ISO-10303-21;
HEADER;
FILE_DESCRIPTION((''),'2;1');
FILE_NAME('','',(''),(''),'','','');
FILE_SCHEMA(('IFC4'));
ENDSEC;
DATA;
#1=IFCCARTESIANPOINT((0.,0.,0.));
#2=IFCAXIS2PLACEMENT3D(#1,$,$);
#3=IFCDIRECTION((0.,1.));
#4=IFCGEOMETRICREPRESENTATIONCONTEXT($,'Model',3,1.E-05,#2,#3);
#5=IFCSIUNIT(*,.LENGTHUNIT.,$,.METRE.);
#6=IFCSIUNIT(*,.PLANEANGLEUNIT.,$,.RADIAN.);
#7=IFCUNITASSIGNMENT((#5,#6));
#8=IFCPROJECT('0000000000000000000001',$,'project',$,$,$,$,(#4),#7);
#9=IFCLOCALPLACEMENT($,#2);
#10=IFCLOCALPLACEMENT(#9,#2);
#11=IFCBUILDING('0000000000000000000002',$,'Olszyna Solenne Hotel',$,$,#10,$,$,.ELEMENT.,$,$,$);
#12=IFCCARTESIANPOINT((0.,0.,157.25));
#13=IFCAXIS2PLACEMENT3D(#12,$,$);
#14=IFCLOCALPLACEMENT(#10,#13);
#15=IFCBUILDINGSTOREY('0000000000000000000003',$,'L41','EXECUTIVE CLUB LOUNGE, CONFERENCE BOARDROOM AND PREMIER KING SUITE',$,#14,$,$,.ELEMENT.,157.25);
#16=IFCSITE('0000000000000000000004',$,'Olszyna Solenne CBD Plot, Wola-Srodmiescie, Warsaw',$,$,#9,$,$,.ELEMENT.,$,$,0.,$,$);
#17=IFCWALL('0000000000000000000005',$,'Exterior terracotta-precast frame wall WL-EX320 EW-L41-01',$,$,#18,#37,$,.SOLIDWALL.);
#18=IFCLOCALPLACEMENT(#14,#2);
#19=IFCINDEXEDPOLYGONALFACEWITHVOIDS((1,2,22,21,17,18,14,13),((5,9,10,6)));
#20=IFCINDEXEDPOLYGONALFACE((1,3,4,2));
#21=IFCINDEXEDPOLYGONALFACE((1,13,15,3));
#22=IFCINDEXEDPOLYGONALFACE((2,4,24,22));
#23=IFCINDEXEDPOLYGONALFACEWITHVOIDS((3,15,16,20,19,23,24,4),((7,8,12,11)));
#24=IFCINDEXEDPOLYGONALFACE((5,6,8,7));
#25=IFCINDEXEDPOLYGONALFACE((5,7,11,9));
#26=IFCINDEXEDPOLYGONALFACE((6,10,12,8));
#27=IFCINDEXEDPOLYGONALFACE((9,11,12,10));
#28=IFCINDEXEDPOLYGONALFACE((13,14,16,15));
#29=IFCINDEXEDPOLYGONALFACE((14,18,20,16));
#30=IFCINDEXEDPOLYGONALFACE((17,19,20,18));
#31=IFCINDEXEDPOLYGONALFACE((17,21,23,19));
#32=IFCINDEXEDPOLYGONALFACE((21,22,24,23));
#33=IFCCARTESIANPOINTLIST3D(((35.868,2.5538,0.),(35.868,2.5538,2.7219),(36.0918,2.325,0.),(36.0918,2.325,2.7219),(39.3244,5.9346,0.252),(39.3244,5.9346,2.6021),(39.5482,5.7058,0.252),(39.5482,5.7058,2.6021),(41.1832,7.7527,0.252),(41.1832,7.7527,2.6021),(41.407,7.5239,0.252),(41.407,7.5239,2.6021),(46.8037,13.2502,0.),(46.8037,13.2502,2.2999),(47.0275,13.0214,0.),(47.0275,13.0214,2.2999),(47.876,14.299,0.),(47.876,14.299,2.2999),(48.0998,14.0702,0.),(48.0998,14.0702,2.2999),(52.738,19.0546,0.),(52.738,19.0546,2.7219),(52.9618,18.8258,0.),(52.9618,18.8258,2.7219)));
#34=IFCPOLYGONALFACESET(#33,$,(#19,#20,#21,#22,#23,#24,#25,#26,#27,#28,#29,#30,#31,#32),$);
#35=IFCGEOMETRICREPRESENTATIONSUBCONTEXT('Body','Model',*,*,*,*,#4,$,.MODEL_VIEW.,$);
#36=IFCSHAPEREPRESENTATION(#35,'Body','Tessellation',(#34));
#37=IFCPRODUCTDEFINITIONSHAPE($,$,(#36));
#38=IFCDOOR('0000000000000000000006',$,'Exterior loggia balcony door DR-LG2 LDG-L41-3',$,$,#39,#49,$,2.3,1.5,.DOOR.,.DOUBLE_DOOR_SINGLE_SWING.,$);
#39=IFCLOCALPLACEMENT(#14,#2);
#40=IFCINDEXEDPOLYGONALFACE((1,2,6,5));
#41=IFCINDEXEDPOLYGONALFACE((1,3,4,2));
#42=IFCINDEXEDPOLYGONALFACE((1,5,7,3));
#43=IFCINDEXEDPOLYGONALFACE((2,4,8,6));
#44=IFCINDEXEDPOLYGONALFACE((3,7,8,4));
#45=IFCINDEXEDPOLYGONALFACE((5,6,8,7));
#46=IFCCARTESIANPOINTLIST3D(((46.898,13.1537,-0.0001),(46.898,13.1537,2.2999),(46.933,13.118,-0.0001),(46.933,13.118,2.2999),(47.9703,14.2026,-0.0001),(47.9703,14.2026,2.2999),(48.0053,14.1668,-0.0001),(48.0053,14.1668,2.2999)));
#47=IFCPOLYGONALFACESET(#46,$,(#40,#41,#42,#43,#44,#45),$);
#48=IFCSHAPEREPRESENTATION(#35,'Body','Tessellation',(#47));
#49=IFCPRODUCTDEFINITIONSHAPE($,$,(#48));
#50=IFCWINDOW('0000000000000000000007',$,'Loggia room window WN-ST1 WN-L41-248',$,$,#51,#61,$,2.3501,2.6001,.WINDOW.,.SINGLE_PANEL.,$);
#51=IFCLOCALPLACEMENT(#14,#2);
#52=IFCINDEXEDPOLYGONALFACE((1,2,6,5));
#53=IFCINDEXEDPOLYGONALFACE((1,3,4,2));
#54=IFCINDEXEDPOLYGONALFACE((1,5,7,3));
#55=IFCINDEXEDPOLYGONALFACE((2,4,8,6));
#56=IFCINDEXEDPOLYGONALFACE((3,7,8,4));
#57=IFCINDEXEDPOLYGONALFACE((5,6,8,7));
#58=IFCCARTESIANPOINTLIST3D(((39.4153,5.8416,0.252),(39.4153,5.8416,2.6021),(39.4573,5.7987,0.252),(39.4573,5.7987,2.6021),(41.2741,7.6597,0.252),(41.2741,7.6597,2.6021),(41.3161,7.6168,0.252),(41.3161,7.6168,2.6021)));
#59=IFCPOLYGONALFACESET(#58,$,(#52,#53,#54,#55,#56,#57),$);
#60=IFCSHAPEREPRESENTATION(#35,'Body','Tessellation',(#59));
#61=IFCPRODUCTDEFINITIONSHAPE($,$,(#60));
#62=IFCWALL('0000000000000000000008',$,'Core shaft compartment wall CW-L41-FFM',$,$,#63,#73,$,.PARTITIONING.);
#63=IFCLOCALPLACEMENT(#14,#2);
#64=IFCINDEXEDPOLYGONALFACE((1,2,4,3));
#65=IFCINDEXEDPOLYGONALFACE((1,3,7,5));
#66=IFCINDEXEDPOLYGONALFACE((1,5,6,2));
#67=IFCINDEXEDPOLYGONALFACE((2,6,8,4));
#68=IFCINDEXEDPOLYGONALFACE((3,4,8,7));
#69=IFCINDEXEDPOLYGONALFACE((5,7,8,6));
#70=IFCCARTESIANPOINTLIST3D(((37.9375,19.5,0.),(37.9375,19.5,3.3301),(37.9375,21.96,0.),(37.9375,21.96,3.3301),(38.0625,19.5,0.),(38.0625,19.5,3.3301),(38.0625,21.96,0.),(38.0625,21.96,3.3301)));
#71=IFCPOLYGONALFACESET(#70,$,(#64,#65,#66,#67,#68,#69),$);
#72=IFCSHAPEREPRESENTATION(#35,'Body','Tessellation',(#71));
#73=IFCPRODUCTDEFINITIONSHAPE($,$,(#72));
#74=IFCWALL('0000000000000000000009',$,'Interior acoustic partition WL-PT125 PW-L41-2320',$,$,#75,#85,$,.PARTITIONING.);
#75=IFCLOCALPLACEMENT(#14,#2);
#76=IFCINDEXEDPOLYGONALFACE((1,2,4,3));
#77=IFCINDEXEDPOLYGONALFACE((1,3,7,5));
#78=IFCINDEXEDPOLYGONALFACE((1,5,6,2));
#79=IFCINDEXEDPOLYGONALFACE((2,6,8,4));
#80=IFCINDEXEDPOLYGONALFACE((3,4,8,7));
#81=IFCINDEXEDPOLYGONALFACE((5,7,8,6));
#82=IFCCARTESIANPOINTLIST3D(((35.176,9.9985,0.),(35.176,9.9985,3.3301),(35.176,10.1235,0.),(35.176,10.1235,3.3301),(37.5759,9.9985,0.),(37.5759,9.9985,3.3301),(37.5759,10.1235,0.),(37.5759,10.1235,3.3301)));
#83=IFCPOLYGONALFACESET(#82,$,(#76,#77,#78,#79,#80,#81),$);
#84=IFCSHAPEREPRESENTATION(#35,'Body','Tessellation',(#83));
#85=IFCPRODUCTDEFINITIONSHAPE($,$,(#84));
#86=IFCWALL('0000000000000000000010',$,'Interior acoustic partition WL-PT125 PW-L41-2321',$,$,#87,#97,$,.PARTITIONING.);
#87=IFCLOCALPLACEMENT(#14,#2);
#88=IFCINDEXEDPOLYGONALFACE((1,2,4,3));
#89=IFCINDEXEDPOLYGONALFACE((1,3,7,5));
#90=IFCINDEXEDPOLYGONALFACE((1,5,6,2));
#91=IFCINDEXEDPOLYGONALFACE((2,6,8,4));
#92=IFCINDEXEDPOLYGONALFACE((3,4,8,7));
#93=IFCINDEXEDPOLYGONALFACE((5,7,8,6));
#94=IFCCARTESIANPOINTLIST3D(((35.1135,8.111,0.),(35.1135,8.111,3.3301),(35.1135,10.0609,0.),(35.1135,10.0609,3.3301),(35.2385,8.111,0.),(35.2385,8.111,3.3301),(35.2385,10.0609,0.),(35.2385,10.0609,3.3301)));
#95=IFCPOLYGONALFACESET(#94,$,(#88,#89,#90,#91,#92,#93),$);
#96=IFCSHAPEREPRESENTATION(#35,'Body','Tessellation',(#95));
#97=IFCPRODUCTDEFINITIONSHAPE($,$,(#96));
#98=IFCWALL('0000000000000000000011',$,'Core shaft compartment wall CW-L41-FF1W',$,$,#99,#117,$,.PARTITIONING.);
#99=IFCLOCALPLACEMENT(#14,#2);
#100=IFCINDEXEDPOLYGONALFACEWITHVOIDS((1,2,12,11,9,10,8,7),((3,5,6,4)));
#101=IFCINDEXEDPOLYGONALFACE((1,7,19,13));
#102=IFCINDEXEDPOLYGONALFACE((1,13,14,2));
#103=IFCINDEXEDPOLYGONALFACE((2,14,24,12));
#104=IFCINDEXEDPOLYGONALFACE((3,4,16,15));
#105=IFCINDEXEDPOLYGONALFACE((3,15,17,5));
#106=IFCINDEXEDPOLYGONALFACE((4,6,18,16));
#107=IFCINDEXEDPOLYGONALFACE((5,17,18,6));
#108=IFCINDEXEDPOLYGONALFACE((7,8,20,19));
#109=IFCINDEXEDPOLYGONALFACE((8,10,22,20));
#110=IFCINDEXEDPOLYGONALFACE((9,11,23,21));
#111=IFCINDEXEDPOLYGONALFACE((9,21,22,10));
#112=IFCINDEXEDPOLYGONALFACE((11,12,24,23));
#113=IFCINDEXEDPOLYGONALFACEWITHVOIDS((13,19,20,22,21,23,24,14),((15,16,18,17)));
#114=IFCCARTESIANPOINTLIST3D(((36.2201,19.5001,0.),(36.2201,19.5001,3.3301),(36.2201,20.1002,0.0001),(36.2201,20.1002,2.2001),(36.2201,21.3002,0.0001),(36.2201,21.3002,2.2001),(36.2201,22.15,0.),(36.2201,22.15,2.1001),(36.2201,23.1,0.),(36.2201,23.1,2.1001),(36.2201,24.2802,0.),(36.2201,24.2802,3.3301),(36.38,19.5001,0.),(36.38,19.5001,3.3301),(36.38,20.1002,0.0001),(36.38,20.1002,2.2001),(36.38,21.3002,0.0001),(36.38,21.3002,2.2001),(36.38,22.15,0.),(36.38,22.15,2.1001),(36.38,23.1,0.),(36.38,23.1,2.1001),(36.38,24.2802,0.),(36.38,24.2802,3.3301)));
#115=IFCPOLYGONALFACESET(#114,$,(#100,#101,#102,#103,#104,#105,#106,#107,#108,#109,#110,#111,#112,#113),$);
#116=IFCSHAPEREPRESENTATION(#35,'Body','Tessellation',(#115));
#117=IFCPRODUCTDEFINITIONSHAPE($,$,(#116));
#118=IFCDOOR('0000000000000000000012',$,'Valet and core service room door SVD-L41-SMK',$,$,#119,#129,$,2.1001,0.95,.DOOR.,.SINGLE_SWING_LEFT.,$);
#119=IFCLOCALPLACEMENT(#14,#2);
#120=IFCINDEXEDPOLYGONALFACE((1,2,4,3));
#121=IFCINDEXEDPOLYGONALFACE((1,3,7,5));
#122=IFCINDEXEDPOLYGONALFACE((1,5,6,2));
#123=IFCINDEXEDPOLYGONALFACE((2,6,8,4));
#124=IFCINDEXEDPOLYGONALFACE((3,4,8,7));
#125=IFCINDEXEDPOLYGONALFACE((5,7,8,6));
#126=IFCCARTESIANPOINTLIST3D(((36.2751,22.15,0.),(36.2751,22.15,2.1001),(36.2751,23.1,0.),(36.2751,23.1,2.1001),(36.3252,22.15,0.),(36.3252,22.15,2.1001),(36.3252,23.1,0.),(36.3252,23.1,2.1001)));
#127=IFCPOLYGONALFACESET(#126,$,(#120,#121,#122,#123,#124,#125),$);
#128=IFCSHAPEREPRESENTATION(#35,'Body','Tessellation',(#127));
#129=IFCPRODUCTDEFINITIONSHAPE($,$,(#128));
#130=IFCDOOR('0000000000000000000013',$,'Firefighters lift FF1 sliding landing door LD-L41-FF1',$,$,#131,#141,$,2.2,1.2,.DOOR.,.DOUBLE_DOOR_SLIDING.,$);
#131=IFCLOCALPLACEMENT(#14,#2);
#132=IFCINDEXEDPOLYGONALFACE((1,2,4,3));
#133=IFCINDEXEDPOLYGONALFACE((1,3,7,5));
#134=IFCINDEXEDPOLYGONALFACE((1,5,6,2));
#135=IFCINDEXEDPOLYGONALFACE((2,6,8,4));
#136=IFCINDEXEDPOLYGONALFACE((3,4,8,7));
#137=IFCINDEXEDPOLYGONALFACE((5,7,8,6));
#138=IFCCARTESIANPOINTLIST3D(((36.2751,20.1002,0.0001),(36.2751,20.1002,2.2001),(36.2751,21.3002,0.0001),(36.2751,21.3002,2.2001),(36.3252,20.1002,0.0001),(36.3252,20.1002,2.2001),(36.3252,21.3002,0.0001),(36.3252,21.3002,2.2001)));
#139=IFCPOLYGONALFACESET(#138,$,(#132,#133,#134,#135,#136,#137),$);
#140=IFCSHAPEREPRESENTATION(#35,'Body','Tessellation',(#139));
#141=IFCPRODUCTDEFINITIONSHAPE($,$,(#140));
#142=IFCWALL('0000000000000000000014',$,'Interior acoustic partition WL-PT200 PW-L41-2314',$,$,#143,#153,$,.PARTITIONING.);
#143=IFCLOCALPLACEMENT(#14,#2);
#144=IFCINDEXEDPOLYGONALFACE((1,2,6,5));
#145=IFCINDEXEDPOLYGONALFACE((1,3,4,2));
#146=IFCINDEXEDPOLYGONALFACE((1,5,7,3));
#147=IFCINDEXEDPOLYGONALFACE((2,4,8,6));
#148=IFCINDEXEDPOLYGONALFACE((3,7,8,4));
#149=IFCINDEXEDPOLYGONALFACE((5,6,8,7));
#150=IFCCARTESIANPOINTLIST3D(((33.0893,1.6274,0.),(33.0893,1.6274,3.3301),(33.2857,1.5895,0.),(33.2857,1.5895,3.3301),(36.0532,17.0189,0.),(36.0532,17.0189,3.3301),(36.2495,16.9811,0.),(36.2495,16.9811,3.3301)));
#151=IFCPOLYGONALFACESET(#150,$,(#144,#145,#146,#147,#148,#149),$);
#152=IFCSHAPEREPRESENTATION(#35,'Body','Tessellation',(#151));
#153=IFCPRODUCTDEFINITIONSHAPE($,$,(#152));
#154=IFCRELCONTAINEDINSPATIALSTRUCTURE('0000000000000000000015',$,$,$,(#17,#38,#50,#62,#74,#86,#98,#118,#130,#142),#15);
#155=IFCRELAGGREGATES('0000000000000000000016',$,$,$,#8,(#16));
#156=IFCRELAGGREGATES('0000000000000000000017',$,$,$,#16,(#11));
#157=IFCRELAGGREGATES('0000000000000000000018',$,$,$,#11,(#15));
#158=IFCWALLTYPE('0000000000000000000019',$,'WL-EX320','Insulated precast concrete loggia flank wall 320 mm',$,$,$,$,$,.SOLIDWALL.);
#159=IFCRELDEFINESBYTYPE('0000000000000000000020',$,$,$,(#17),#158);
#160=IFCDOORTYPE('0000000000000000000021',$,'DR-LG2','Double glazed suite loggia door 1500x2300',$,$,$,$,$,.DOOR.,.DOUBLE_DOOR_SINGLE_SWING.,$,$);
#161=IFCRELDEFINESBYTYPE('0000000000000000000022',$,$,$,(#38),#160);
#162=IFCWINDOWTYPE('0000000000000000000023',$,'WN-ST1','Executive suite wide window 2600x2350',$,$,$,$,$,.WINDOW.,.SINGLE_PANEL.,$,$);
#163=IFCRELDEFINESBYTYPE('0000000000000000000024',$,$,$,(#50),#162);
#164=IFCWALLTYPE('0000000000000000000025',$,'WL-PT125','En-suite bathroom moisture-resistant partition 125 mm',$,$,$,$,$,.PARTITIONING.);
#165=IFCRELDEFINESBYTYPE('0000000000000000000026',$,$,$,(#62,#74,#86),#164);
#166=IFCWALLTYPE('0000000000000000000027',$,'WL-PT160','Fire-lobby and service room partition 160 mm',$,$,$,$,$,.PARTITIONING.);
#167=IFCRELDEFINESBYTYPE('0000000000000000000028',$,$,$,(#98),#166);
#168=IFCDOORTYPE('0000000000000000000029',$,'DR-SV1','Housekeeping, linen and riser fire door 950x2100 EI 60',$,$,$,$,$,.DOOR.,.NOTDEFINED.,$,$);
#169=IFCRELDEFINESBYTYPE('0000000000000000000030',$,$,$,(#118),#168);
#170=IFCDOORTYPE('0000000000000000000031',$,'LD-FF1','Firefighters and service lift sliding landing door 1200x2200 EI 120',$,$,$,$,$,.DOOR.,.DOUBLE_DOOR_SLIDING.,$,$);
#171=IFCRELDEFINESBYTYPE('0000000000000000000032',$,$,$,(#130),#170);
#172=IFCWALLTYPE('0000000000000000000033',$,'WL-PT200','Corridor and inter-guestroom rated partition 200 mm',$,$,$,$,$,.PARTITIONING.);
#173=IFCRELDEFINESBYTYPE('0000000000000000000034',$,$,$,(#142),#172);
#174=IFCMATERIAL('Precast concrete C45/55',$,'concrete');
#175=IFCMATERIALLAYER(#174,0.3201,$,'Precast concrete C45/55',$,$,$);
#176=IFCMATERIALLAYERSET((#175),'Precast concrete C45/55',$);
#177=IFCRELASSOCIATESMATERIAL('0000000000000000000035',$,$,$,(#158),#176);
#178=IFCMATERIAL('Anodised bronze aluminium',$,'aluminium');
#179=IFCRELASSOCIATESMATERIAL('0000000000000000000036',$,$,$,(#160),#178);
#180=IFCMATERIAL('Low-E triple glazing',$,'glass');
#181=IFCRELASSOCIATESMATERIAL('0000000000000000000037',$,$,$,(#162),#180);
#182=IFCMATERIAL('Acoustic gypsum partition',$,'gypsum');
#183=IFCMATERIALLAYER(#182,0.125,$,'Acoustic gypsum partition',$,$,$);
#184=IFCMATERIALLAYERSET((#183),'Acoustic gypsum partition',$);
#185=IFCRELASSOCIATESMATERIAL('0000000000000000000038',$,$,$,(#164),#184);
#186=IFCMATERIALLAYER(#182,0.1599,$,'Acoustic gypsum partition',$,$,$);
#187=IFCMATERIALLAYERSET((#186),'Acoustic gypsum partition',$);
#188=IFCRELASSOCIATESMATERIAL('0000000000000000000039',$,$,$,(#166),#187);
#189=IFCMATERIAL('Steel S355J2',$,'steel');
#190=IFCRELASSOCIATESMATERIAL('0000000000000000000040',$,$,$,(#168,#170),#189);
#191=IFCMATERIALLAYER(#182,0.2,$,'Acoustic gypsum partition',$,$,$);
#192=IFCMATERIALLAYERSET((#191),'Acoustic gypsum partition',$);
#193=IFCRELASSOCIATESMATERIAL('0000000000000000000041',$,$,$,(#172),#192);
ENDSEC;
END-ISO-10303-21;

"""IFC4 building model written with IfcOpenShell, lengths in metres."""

from ifc_helpers import new_model, si_unit, direction, frame, frame_2d, origin, place, context, subcontext, project, spatial, rectangle, extrude, source, transform, mapped, material, layer, layer_set, type_object, type_shapes, element, fill, save


model = new_model("IFC4")

# Units and contexts
model_context = context("Model", 3, precision=1e-05, world=origin(), true_north=direction((0.0, 1.0)))
body_context = subcontext(model_context, "Body", "Model", "MODEL_VIEW")
ifc_project = project(units=[si_unit("LENGTHUNIT", "METRE"), si_unit("PLANEANGLEUNIT", "RADIAN")], contexts=[model_context])

# Site, building, storey
site_placement = place(None, origin())
site = spatial("IfcSite", under=ifc_project, at=site_placement, Name="Olszyna Solenne CBD Plot, Wola-Srodmiescie, Warsaw", CompositionType="ELEMENT", RefElevation=0.0)
building_placement = place(site_placement, origin())
building = spatial("IfcBuilding", under=site, at=building_placement, Name="Olszyna Solenne Hotel", CompositionType="ELEMENT")
storey_placement = place(building_placement, frame((0.0, 0.0, 157.25)))
storey = spatial("IfcBuildingStorey", under=building, at=storey_placement, Name="L41", Description="EXECUTIVE CLUB LOUNGE, CONFERENCE BOARDROOM AND PREMIER KING SUITE", CompositionType="ELEMENT", Elevation=157.25)

# Shared definitions
ifc_material_1 = material(Name="Steel S355J2", Category="steel")

# Wall, openings, door, window
ifc_material_2 = material(Name="Precast concrete C45/55", Category="concrete")
ifc_layer_1 = layer(ifc_material_2, 0.3201, Name="Precast concrete C45/55")
ifc_layer_set_1 = layer_set([ifc_layer_1], Name="Precast concrete C45/55")
wall_type_1 = type_object("IfcWallType", Name="WL-EX320", Description="Insulated precast concrete loggia flank wall 320 mm", PredefinedType="SOLIDWALL", material=ifc_layer_set_1)
wall_1_placement = place(storey_placement, frame((52.8499, 18.9402, 0.0), z_axis=(0.0, 0.0, 1.0), x_axis=(-0.714885, -0.699242, 0.0)))
wall_1 = element("IfcWall", 1, at=wall_1_placement, inside=storey, type_object=wall_type_1, Name="Exterior terracotta-precast frame wall WL-EX320 EW-L41-01", PredefinedType="SOLIDWALL", context=body_context, shape_type="SweptSolid", body=[
    extrude(rectangle(XDim=23.5981, YDim=0.3201, at=frame_2d((11.7991, 0.0))), origin(), (0.0, 0.0, 1.0), 2.7219),
])
opening_1_placement = place(wall_1_placement, frame((6.801, 0.0, 0.0)))
opening_1 = element("IfcOpeningElement", 2, at=opening_1_placement, cuts=wall_1, PredefinedType="OPENING", context=body_context, shape_type="SweptSolid", body=[
    extrude(rectangle(XDim=1.5, YDim=2.3, at=frame_2d((0.75, 1.1499))), frame((0.0, 0.1699, 0.0), z_axis=(0.0, -1.0, 0.0), x_axis=(1.0, 0.0, 0.0)), (0.0, 0.0, 1.0), 0.3401),
])
opening_2_placement = place(wall_1_placement, frame((16.1631, 0.0, 0.252)))
opening_2 = element("IfcOpeningElement", 3, at=opening_2_placement, cuts=wall_1, PredefinedType="OPENING", context=body_context, shape_type="SweptSolid", body=[
    extrude(rectangle(XDim=2.6001, YDim=2.3501, at=frame_2d((1.3, 1.175))), frame((0.0, 0.1699, 0.0), z_axis=(0.0, -1.0, 0.0), x_axis=(1.0, 0.0, 0.0)), (0.0, 0.0, 1.0), 0.3401),
])
ifc_material_3 = material(Name="Anodised bronze aluminium", Category="aluminium")
door_type_1 = type_object("IfcDoorType", Name="DR-LG2", Description="Double glazed suite loggia door 1500x2300", OperationType="DOUBLE_DOOR_SINGLE_SWING", PredefinedType="DOOR", material=ifc_material_3)
shared_shape_1 = source(origin(), body_context, "Body", "SweptSolid", [
    extrude(rectangle(XDim=1.5, YDim=2.3, at=frame_2d((0.75, 1.1499))), frame((0.0, 0.0249, 0.0), z_axis=(0.0, -1.0, 0.0), x_axis=(1.0, 0.0, 0.0)), (0.0, 0.0, 1.0), 0.05),
])
type_shapes(door_type_1, [shared_shape_1])
door_1_placement = place(opening_1_placement, origin())
door_1 = element("IfcDoor", 4, at=door_1_placement, inside=storey, type_object=door_type_1, Name="Exterior loggia balcony door DR-LG2 LDG-L41-3", OperationType="DOUBLE_DOOR_SINGLE_SWING", OverallHeight=2.3, OverallWidth=1.5, PredefinedType="DOOR", context=body_context, shape_type="MappedRepresentation", body=[
    mapped(shared_shape_1, transform((0.0, 0.0, 0.0), x_axis=(1.0, 0.0, 0.0), y_axis=(0.0, 1.0, 0.0), z_axis=(0.0, 0.0, 1.0), scale=1.0)),
])
fill(opening_1, door_1)
ifc_material_4 = material(Name="Low-E triple glazing", Category="glass")
window_type = type_object("IfcWindowType", Name="WN-ST1", Description="Executive suite wide window 2600x2350", PartitioningType="SINGLE_PANEL", PredefinedType="WINDOW", material=ifc_material_4)
shared_shape_2 = source(origin(), body_context, "Body", "SweptSolid", [
    extrude(rectangle(XDim=2.6001, YDim=2.3501, at=frame_2d((1.3, 1.175))), frame((0.0, 0.03, 0.0), z_axis=(0.0, -1.0, 0.0), x_axis=(1.0, 0.0, 0.0)), (0.0, 0.0, 1.0), 0.0601),
])
type_shapes(window_type, [shared_shape_2])
window_placement = place(opening_2_placement, origin())
window = element("IfcWindow", 5, at=window_placement, inside=storey, type_object=window_type, Name="Loggia room window WN-ST1 WN-L41-248", OverallHeight=2.3501, OverallWidth=2.6001, PartitioningType="SINGLE_PANEL", PredefinedType="WINDOW", context=body_context, shape_type="MappedRepresentation", body=[
    mapped(shared_shape_2, transform((0.0, 0.0, 0.0), x_axis=(1.0, 0.0, 0.0), y_axis=(0.0, 1.0, 0.0), z_axis=(0.0, 0.0, 1.0), scale=1.0)),
])
fill(opening_2, window)

# Walls
ifc_material_5 = material(Name="Acoustic gypsum partition", Category="gypsum")
ifc_layer_2 = layer(ifc_material_5, 0.125, Name="Acoustic gypsum partition")
ifc_layer_set_2 = layer_set([ifc_layer_2], Name="Acoustic gypsum partition")
wall_type_2 = type_object("IfcWallType", Name="WL-PT125", Description="En-suite bathroom moisture-resistant partition 125 mm", PredefinedType="PARTITIONING", material=ifc_layer_set_2)
wall_2_placement = place(storey_placement, frame((38.0, 19.5, 0.0), z_axis=(0.0, 0.0, 1.0), x_axis=(0.0, 1.0, 0.0)))
element("IfcWall", 6, at=wall_2_placement, inside=storey, type_object=wall_type_2, Name="Core shaft compartment wall CW-L41-FFM", PredefinedType="PARTITIONING", context=body_context, shape_type="SweptSolid", body=[
    extrude(rectangle(XDim=2.46, YDim=0.125, at=frame_2d((1.23, 0.0))), origin(), (0.0, 0.0, 1.0), 3.3301),
])
wall_3_placement = place(storey_placement, frame((37.5759, 10.061, 0.0), z_axis=(0.0, 0.0, 1.0), x_axis=(-1.0, 0.0, 0.0)))
element("IfcWall", 7, at=wall_3_placement, inside=storey, type_object=wall_type_2, Name="Interior acoustic partition WL-PT125 PW-L41-2320", PredefinedType="PARTITIONING", context=body_context, shape_type="SweptSolid", body=[
    extrude(rectangle(XDim=2.3999, YDim=0.125, at=frame_2d((1.2, 0.0))), origin(), (0.0, 0.0, 1.0), 3.3301),
])
wall_4_placement = place(storey_placement, frame((35.176, 10.061, 0.0), z_axis=(0.0, 0.0, 1.0), x_axis=(0.0, -1.0, 0.0)))
element("IfcWall", 8, at=wall_4_placement, inside=storey, type_object=wall_type_2, Name="Interior acoustic partition WL-PT125 PW-L41-2321", PredefinedType="PARTITIONING", context=body_context, shape_type="SweptSolid", body=[
    extrude(rectangle(XDim=1.95, YDim=0.125, at=frame_2d((0.9751, 0.0))), origin(), (0.0, 0.0, 1.0), 3.3301),
])

# Wall, openings, doors
ifc_layer_3 = layer(ifc_material_5, 0.1599, Name="Acoustic gypsum partition")
ifc_layer_set_3 = layer_set([ifc_layer_3], Name="Acoustic gypsum partition")
wall_type_3 = type_object("IfcWallType", Name="WL-PT160", Description="Fire-lobby and service room partition 160 mm", PredefinedType="PARTITIONING", material=ifc_layer_set_3)
wall_5_placement = place(storey_placement, frame((36.3, 19.5, 0.0), z_axis=(0.0, 0.0, 1.0), x_axis=(0.0, 1.0, 0.0)))
wall_5 = element("IfcWall", 9, at=wall_5_placement, inside=storey, type_object=wall_type_3, Name="Core shaft compartment wall CW-L41-FF1W", PredefinedType="PARTITIONING", context=body_context, shape_type="SweptSolid", body=[
    extrude(rectangle(XDim=4.78, YDim=0.1599, at=frame_2d((2.3901, 0.0))), origin(), (0.0, 0.0, 1.0), 3.3301),
])
opening_3_placement = place(wall_5_placement, frame((0.6001, 0.0, 0.0)))
opening_3 = element("IfcOpeningElement", 10, at=opening_3_placement, cuts=wall_5, PredefinedType="OPENING", context=body_context, shape_type="SweptSolid", body=[
    extrude(rectangle(XDim=1.2, YDim=2.2, at=frame_2d((0.6001, 1.1001))), frame((0.0, 0.0898, 0.0), z_axis=(0.0, -1.0, 0.0), x_axis=(1.0, 0.0, 0.0)), (0.0, 0.0, 1.0), 0.1799),
])
opening_4_placement = place(wall_5_placement, frame((2.6499, 0.0, 0.0)))
opening_4 = element("IfcOpeningElement", 11, at=opening_4_placement, cuts=wall_5, PredefinedType="OPENING", context=body_context, shape_type="SweptSolid", body=[
    extrude(rectangle(XDim=0.95, YDim=2.1001, at=frame_2d((0.4751, 1.05))), frame((0.0, 0.0898, 0.0), z_axis=(0.0, -1.0, 0.0), x_axis=(1.0, 0.0, 0.0)), (0.0, 0.0, 1.0), 0.1799),
])
door_type_2 = type_object("IfcDoorType", Name="DR-SV1", Description="Housekeeping, linen and riser fire door 950x2100 EI 60", OperationType="NOTDEFINED", PredefinedType="DOOR", material=ifc_material_1)
shared_shape_3 = source(origin(), body_context, "Body", "SweptSolid", [
    extrude(rectangle(XDim=0.95, YDim=2.1001, at=frame_2d((0.4751, 1.05))), frame((0.0, 0.0249, 0.0), z_axis=(0.0, -1.0, 0.0), x_axis=(1.0, 0.0, 0.0)), (0.0, 0.0, 1.0), 0.05),
])
type_shapes(door_type_2, [shared_shape_3])
door_2_placement = place(opening_4_placement, origin())
door_2 = element("IfcDoor", 12, at=door_2_placement, inside=storey, type_object=door_type_2, Name="Valet and core service room door SVD-L41-SMK", OperationType="SINGLE_SWING_LEFT", OverallHeight=2.1001, OverallWidth=0.95, PredefinedType="DOOR", context=body_context, shape_type="MappedRepresentation", body=[
    mapped(shared_shape_3, transform((0.0, 0.0, 0.0), x_axis=(1.0, 0.0, 0.0), y_axis=(0.0, 1.0, 0.0), z_axis=(0.0, 0.0, 1.0), scale=1.0)),
])
fill(opening_4, door_2)
door_type_3 = type_object("IfcDoorType", Name="LD-FF1", Description="Firefighters and service lift sliding landing door 1200x2200 EI 120", OperationType="DOUBLE_DOOR_SLIDING", PredefinedType="DOOR", material=ifc_material_1)
shared_shape_4 = source(origin(), body_context, "Body", "SweptSolid", [
    extrude(rectangle(XDim=1.2, YDim=2.2, at=frame_2d((0.6001, 1.1001))), frame((0.0, 0.0249, 0.0), z_axis=(0.0, -1.0, 0.0), x_axis=(1.0, 0.0, 0.0)), (0.0, 0.0, 1.0), 0.05),
])
type_shapes(door_type_3, [shared_shape_4])
door_3_placement = place(opening_3_placement, origin())
door_3 = element("IfcDoor", 13, at=door_3_placement, inside=storey, type_object=door_type_3, Name="Firefighters lift FF1 sliding landing door LD-L41-FF1", OperationType="DOUBLE_DOOR_SLIDING", OverallHeight=2.2, OverallWidth=1.2, PredefinedType="DOOR", context=body_context, shape_type="MappedRepresentation", body=[
    mapped(shared_shape_4, transform((0.0, 0.0, 0.0), x_axis=(1.0, 0.0, 0.0), y_axis=(0.0, 1.0, 0.0), z_axis=(0.0, 0.0, 1.0), scale=1.0)),
])
fill(opening_3, door_3)

# Wall
ifc_layer_4 = layer(ifc_material_5, 0.2, Name="Acoustic gypsum partition")
ifc_layer_set_4 = layer_set([ifc_layer_4], Name="Acoustic gypsum partition")
wall_type_4 = type_object("IfcWallType", Name="WL-PT200", Description="Corridor and inter-guestroom rated partition 200 mm", PredefinedType="PARTITIONING", material=ifc_layer_set_4)
wall_6_placement = place(storey_placement, frame((36.1514, 17.0, 0.0), z_axis=(0.0, 0.0, 1.0), x_axis=(-0.18909, -0.98196, 0.0)))
element("IfcWall", 14, at=wall_6_placement, inside=storey, type_object=wall_type_4, Name="Interior acoustic partition WL-PT200 PW-L41-2314", PredefinedType="PARTITIONING", context=body_context, shape_type="SweptSolid", body=[
    extrude(rectangle(XDim=15.6743, YDim=0.2, at=frame_2d((7.8372, 0.0))), origin(), (0.0, 0.0, 1.0), 3.3301),
])

save(model, "model.ifc")
